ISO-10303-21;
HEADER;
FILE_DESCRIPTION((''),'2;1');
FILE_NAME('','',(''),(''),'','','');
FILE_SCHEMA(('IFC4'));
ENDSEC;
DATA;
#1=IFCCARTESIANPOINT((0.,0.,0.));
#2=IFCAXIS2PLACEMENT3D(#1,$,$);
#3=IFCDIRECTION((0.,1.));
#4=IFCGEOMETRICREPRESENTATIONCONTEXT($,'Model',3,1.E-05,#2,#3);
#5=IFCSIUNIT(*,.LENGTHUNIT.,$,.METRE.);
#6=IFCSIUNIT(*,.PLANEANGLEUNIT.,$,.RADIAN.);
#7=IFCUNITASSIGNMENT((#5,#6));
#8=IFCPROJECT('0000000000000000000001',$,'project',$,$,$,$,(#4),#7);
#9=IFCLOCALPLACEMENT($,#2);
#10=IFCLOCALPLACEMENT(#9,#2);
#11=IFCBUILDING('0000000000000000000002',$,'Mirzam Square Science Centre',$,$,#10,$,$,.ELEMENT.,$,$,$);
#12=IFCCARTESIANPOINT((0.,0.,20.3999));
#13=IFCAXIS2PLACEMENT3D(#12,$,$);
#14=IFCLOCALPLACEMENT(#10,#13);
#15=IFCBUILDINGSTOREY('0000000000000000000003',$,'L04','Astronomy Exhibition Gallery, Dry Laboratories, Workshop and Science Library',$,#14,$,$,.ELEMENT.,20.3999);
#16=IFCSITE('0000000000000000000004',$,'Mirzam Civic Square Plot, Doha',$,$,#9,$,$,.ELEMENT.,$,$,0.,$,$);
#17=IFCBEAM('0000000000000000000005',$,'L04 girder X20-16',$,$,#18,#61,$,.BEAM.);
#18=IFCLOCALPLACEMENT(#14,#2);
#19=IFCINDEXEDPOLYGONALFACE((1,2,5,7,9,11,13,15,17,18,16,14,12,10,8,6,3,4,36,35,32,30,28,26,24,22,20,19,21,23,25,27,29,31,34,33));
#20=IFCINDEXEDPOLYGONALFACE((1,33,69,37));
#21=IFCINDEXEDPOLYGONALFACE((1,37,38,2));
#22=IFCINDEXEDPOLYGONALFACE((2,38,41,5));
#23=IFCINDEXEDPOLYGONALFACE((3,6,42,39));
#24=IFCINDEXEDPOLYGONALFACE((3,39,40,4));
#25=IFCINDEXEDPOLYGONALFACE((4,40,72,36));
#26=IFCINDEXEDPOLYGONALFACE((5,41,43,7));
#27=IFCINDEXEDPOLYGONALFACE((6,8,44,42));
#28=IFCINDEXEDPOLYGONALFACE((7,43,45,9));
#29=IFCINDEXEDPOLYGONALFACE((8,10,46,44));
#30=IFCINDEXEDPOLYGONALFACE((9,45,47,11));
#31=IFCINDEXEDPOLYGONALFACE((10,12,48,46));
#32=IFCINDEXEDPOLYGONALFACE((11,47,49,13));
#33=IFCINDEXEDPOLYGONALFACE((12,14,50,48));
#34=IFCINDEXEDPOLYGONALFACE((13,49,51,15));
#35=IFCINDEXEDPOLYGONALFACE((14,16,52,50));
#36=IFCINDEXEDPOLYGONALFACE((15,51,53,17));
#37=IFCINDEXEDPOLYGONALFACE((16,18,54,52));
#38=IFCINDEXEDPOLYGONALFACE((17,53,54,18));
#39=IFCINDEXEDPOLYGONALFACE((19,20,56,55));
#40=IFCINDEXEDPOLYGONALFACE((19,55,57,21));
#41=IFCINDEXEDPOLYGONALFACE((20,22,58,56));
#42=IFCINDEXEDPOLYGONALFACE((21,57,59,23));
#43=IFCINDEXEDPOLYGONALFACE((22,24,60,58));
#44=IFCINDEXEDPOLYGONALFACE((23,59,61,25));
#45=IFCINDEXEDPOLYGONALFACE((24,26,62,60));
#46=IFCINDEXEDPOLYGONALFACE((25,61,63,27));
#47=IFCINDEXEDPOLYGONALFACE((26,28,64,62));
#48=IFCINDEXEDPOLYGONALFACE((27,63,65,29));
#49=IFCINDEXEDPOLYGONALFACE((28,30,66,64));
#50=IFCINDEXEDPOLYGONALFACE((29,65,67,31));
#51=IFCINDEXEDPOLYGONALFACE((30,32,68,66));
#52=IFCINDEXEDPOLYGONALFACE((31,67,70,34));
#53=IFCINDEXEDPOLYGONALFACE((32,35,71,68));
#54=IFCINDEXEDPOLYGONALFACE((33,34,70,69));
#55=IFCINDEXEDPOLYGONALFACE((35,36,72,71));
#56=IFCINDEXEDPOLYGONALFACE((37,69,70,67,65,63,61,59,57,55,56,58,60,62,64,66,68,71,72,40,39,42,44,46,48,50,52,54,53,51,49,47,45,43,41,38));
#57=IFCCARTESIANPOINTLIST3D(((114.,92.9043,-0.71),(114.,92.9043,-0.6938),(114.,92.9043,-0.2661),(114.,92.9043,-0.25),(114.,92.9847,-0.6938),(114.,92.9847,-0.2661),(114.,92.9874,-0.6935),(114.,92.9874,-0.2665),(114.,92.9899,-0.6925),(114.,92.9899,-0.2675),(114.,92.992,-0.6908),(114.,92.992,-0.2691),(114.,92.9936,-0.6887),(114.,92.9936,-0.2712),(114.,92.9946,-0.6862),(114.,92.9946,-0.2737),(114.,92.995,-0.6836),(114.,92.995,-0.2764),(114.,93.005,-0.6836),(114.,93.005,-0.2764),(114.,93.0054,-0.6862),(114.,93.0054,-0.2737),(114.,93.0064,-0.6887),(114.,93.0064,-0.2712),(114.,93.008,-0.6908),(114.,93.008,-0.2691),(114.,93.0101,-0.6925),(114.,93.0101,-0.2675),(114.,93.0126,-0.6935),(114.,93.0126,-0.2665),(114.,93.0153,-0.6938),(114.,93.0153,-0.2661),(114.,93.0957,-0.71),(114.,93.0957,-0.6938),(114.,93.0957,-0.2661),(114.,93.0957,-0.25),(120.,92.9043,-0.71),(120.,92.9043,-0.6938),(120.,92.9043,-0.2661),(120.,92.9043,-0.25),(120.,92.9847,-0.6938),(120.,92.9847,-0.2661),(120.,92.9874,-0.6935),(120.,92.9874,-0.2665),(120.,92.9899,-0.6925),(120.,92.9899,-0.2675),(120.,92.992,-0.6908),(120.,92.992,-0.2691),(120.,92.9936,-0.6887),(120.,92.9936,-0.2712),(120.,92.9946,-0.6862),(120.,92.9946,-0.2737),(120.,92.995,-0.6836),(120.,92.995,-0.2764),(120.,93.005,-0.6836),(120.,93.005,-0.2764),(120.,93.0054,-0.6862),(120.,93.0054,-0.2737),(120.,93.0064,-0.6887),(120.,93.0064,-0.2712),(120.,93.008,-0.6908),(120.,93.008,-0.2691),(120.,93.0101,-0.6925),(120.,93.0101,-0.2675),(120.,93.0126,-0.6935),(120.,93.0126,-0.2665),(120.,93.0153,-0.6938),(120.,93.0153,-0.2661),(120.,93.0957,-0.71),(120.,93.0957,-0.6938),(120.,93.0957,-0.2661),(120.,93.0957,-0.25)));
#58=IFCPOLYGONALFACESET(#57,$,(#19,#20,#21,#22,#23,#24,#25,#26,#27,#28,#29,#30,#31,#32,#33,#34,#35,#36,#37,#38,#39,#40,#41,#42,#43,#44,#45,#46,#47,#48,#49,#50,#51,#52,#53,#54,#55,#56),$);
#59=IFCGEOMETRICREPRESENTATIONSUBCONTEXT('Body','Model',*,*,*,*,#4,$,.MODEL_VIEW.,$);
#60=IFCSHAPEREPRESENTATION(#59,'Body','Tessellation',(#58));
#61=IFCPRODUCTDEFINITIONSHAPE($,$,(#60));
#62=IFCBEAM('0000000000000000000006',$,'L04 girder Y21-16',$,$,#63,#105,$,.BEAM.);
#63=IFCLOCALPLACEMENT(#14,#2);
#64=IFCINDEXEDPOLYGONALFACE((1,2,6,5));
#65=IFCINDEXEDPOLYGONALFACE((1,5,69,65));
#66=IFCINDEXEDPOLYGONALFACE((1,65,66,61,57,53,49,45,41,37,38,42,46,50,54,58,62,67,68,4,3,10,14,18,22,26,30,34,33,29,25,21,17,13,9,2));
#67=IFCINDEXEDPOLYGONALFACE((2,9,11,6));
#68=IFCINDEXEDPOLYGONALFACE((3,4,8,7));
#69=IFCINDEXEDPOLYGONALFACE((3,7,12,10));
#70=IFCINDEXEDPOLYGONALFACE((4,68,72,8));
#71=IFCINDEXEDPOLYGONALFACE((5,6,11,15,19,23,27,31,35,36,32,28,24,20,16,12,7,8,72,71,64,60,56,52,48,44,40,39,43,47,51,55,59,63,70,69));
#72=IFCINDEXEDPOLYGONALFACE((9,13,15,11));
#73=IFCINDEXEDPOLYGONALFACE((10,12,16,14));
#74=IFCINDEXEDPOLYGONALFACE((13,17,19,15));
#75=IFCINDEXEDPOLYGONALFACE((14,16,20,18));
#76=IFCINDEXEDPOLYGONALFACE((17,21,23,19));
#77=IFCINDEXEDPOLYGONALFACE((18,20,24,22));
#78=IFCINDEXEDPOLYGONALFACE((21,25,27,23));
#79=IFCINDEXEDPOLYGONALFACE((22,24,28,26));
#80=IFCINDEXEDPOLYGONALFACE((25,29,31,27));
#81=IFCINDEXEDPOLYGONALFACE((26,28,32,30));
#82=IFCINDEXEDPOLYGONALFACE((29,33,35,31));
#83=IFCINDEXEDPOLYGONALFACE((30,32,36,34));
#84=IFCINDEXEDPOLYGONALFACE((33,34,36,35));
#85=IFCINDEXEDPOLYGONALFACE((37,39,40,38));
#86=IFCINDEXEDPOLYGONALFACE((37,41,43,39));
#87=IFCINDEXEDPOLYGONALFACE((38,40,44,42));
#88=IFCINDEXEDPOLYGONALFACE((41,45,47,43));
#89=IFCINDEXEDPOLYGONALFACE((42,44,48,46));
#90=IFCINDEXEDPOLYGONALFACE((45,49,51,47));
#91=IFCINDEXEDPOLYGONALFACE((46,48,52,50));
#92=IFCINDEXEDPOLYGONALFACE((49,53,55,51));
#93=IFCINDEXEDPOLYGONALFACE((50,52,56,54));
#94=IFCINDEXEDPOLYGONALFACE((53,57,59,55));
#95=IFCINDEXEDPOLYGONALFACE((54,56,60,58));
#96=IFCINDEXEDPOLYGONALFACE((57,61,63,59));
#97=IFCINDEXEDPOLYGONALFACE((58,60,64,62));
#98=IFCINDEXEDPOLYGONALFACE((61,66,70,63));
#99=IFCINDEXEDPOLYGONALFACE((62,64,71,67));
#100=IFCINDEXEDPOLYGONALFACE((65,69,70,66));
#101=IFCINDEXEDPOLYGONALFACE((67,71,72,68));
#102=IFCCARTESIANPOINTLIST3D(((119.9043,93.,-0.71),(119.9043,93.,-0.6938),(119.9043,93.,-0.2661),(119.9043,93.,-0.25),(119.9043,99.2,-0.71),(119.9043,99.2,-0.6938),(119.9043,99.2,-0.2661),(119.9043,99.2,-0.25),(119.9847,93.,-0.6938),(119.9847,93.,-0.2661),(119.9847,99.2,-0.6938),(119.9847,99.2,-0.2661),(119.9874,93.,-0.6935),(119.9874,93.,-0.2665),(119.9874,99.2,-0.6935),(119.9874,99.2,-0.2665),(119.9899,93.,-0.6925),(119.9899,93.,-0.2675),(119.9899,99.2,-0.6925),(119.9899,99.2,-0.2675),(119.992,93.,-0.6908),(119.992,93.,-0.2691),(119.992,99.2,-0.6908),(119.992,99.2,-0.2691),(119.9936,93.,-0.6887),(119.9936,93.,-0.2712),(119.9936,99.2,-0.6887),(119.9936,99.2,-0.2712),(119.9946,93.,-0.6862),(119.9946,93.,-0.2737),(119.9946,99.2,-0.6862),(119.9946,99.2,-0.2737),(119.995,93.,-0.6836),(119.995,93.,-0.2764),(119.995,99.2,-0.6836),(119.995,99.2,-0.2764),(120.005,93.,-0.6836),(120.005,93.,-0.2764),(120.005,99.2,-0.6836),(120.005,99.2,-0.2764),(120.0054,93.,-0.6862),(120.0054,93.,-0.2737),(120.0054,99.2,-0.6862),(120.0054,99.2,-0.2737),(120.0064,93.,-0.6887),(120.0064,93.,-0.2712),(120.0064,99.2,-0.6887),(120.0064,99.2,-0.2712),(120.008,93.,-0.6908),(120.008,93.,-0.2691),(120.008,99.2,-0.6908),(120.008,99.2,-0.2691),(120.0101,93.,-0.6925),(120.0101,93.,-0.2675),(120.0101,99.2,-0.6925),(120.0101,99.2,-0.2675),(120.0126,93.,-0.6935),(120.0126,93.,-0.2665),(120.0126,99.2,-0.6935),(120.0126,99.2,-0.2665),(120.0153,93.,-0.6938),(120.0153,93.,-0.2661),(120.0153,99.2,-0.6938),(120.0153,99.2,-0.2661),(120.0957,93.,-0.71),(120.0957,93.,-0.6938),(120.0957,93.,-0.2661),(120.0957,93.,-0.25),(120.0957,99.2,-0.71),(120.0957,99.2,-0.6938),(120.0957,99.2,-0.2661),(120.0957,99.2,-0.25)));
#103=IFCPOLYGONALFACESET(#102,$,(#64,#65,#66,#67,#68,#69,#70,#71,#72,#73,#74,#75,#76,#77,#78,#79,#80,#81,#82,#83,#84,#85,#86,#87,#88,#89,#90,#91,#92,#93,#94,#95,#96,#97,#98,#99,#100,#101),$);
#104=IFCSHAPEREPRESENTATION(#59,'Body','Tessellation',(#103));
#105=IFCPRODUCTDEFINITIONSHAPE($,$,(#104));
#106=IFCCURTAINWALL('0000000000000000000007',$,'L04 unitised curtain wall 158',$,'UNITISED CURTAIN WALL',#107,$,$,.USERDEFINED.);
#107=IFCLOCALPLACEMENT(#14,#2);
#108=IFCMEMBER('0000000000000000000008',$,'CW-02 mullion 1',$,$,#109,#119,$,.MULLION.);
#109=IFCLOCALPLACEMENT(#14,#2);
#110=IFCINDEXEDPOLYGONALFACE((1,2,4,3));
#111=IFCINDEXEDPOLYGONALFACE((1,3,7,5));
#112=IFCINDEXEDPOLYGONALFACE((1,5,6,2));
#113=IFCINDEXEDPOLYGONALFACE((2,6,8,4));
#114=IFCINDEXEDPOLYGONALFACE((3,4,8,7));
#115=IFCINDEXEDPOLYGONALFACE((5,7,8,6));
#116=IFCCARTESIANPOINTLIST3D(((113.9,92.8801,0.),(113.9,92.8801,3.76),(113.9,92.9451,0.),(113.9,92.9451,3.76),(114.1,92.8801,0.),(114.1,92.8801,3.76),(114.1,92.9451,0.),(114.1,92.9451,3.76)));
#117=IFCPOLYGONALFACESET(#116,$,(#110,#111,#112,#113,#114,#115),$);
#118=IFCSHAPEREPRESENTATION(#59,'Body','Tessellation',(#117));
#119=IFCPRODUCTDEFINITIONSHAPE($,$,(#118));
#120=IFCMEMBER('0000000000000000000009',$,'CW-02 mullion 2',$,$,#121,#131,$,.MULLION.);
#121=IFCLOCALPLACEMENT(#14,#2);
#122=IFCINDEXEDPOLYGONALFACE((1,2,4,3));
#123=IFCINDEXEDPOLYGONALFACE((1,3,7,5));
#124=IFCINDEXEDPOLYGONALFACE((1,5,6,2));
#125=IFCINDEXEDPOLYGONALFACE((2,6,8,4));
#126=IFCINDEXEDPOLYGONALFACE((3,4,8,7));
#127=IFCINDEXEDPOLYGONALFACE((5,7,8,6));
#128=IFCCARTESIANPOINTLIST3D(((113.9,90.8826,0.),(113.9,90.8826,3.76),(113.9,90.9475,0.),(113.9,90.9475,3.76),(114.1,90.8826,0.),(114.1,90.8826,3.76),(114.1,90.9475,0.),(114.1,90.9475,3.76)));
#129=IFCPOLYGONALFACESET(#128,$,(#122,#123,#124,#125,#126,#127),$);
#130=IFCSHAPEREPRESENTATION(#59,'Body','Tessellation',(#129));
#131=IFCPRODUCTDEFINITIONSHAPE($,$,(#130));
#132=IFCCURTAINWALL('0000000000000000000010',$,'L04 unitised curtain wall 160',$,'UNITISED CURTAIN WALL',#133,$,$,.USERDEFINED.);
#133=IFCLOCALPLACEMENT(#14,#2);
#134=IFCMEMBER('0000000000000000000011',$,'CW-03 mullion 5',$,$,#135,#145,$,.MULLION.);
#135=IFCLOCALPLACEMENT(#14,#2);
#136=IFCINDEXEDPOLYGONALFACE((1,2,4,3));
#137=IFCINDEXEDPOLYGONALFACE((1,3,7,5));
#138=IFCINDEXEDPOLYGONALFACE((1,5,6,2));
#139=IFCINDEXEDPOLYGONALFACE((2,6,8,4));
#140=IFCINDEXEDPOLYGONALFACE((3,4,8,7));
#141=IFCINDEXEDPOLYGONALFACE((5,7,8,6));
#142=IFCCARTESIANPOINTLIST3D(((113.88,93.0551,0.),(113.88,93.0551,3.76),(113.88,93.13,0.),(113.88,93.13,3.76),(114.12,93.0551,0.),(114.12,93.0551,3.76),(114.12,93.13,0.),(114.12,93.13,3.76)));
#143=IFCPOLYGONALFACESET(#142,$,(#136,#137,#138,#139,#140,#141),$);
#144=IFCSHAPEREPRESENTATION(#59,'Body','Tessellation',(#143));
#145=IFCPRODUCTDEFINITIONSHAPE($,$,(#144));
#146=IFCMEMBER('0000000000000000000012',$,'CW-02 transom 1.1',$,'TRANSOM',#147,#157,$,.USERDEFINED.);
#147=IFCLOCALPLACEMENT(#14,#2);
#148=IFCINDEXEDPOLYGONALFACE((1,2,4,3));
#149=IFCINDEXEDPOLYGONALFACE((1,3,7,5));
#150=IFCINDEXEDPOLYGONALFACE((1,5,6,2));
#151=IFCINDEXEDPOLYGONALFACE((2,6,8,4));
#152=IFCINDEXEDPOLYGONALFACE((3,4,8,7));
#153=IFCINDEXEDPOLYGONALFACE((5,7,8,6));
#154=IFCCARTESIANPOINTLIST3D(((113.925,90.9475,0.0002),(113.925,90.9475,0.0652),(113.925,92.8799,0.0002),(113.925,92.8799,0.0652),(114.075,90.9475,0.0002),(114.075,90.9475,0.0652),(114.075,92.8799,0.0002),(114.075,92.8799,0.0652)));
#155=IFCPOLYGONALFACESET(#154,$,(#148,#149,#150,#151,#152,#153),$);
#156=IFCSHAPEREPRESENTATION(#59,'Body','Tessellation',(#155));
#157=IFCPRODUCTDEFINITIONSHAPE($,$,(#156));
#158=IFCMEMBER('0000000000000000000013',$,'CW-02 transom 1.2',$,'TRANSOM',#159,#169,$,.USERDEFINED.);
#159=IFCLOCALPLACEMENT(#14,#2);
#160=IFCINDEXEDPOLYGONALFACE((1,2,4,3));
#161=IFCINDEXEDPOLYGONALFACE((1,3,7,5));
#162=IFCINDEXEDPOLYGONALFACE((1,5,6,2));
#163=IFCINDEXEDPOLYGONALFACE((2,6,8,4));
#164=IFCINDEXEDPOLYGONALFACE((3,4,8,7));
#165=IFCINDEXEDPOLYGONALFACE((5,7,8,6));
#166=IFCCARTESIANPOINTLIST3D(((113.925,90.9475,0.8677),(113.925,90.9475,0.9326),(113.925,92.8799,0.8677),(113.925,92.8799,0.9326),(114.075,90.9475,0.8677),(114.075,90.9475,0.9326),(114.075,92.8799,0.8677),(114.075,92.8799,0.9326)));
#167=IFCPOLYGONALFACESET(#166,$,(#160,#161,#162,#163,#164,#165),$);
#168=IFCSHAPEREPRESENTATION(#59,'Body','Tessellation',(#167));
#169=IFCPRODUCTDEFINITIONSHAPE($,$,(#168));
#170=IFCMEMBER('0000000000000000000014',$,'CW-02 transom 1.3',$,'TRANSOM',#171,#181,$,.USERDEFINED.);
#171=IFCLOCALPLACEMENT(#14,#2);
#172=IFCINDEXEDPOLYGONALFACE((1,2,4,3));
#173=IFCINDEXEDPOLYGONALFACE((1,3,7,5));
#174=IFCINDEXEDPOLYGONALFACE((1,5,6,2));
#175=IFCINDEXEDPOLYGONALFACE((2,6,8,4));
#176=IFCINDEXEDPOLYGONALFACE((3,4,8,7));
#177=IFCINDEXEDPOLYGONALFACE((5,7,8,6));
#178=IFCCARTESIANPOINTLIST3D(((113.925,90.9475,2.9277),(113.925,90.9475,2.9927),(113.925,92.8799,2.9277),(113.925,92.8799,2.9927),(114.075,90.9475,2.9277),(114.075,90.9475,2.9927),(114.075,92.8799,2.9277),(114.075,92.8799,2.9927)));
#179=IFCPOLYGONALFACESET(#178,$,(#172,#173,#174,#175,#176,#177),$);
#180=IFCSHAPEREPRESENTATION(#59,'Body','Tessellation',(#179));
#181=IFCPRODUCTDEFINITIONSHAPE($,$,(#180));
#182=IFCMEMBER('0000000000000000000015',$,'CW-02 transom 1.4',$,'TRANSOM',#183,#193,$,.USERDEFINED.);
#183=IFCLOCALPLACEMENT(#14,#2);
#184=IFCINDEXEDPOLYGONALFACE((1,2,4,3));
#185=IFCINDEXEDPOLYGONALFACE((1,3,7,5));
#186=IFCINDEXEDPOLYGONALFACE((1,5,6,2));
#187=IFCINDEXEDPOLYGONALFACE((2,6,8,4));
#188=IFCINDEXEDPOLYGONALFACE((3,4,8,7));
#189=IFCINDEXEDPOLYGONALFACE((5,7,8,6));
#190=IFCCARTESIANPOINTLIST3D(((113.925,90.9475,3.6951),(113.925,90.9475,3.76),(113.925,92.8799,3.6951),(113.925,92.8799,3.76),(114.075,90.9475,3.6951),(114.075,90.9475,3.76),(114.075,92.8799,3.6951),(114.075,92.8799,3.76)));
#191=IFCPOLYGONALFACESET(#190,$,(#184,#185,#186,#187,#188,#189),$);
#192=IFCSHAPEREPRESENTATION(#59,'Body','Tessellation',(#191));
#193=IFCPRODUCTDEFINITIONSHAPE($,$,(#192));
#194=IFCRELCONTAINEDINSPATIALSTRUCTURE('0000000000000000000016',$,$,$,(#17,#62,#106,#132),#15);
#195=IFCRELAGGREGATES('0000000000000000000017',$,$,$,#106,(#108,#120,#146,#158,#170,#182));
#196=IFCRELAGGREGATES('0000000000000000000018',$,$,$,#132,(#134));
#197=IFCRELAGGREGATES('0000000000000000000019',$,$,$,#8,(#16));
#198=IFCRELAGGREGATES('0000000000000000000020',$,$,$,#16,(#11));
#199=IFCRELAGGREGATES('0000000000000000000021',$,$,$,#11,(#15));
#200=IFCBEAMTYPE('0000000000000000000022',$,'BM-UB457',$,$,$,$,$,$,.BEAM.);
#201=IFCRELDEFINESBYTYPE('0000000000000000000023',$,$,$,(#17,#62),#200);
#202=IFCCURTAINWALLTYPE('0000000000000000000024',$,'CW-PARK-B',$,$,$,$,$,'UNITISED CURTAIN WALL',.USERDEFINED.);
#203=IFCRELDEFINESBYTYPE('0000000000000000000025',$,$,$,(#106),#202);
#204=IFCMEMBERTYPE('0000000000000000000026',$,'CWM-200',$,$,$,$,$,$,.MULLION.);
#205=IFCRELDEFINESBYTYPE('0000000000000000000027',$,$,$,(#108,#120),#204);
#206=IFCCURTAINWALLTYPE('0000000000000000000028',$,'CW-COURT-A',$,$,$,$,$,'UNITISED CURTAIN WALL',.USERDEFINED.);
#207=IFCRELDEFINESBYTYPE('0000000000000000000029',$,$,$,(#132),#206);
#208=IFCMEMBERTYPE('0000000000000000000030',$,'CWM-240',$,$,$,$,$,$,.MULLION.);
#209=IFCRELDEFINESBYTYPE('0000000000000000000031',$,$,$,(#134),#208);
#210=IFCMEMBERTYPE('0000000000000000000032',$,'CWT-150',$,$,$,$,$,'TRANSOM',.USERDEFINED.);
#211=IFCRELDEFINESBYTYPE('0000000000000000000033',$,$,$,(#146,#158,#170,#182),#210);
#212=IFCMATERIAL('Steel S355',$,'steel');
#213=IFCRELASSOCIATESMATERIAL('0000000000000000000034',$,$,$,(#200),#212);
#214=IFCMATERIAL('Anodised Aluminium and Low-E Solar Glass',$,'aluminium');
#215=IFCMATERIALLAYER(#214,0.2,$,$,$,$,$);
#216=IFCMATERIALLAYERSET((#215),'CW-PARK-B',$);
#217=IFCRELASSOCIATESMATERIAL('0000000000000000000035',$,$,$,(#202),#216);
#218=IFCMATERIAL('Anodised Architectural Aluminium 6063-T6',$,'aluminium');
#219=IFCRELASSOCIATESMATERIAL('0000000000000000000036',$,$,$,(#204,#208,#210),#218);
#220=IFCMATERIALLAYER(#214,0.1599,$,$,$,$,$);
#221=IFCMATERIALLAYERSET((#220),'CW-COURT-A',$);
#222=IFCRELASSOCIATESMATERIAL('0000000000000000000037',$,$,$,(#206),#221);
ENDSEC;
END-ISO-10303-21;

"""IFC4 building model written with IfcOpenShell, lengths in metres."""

from ifc_helpers import new_model, si_unit, direction, frame, origin, origin_2d, place, context, subcontext, project, spatial, rectangle, i_section, extrude, material, layer, layer_set, material_profile, profile_set, type_object, element, aggregate, save


model = new_model("IFC4")

# Units and contexts
model_context = context("Model", 3, precision=1e-05, world=origin(), true_north=direction((0.0, 1.0)))
body_context = subcontext(model_context, "Body", "Model", "MODEL_VIEW")
ifc_project = project(units=[si_unit("LENGTHUNIT", "METRE"), si_unit("PLANEANGLEUNIT", "RADIAN")], contexts=[model_context])

# Site, building, storey
site_placement = place(None, origin())
site = spatial("IfcSite", under=ifc_project, at=site_placement, Name="Mirzam Civic Square Plot, Doha", CompositionType="ELEMENT", RefElevation=0.0)
building_placement = place(site_placement, origin())
building = spatial("IfcBuilding", under=site, at=building_placement, Name="Mirzam Square Science Centre", CompositionType="ELEMENT")
storey_placement = place(building_placement, frame((0.0, 0.0, 20.3999)))
storey = spatial("IfcBuildingStorey", under=building, at=storey_placement, Name="L04", Description="Astronomy Exhibition Gallery, Dry Laboratories, Workshop and Science Library", CompositionType="ELEMENT", Elevation=20.3999)

# Shared definitions
ifc_material_1 = material(Name="Steel S355", Category="steel")

# Beams
ifc_material_profile_1 = material_profile(ifc_material_1, i_section(OverallWidth=0.1914, OverallDepth=0.46, WebThickness=0.01, FlangeThickness=0.0161, FilletRadius=0.0103, at=origin_2d()), Name="457x191x82UB")
ifc_profile_set_1 = profile_set([ifc_material_profile_1], Name="Steel S355")
beam_type_1 = type_object("IfcBeamType", Name="BM-UB457", PredefinedType="BEAM", material=ifc_profile_set_1)
beam_1_placement = place(storey_placement, frame((114.0, 93.0, -0.48), z_axis=(1.0, 0.0, 0.0), x_axis=(0.0, 1.0, 0.0)))
element("IfcBeam", 1, at=beam_1_placement, inside=storey, type_object=beam_type_1, Name="L04 girder X20-16", PredefinedType="BEAM", context=body_context, shape_type="SweptSolid", body=[
    extrude(i_section(OverallWidth=0.1914, OverallDepth=0.46, WebThickness=0.01, FlangeThickness=0.0161, FilletRadius=0.0103, at=origin_2d()), origin(), (0.0, 0.0, 1.0), 6.0),
])
beam_2_placement = place(storey_placement, frame((120.0, 93.0, -0.48), z_axis=(0.0, 1.0, 0.0), x_axis=(-1.0, 0.0, 0.0)))
element("IfcBeam", 2, at=beam_2_placement, inside=storey, type_object=beam_type_1, Name="L04 girder Y21-16", PredefinedType="BEAM", context=body_context, shape_type="SweptSolid", body=[
    extrude(i_section(OverallWidth=0.1914, OverallDepth=0.46, WebThickness=0.01, FlangeThickness=0.0161, FilletRadius=0.0103, at=origin_2d()), origin(), (0.0, 0.0, 1.0), 6.2),
])

# Curtain wall, members
ifc_material_2 = material(Name="Anodised Aluminium and Low-E Solar Glass", Category="aluminium")
ifc_layer_1 = layer(ifc_material_2, 0.2)
ifc_layer_set_1 = layer_set([ifc_layer_1], Name="CW-PARK-B")
curtain_wall_type_1 = type_object("IfcCurtainWallType", Name="CW-PARK-B", ElementType="UNITISED CURTAIN WALL", PredefinedType="USERDEFINED", material=ifc_layer_set_1)
curtain_wall_1_placement = place(storey_placement, origin())
curtain_wall_1 = element("IfcCurtainWall", 3, at=curtain_wall_1_placement, inside=storey, type_object=curtain_wall_type_1, Name="L04 unitised curtain wall 158", ObjectType="UNITISED CURTAIN WALL", PredefinedType="USERDEFINED")
ifc_material_3 = material(Name="Anodised Architectural Aluminium 6063-T6", Category="aluminium")
ifc_material_profile_2 = material_profile(ifc_material_3, rectangle(XDim=0.0649, YDim=0.2, at=origin_2d()), Name="ALU-MULL-200x65x5")
ifc_profile_set_2 = profile_set([ifc_material_profile_2], Name="Anodised Architectural Aluminium 6063-T6")
member_type_1 = type_object("IfcMemberType", Name="CWM-200", PredefinedType="MULLION", material=ifc_profile_set_2)
member_1_placement = place(storey_placement, frame((114.0, 92.9126, 0.0), z_axis=(0.0, 0.0, 1.0), x_axis=(0.0, -1.0, 0.0)))
member_1 = element("IfcMember", 4, at=member_1_placement, type_object=member_type_1, Name="CW-02 mullion 1", PredefinedType="MULLION", context=body_context, shape_type="SweptSolid", body=[
    extrude(rectangle(XDim=0.0649, YDim=0.2, at=origin_2d()), origin(), (0.0, 0.0, 1.0), 3.76),
])
member_2_placement = place(storey_placement, frame((114.0, 90.915, 0.0), z_axis=(0.0, 0.0, 1.0), x_axis=(0.0, -1.0, 0.0)))
member_2 = element("IfcMember", 5, at=member_2_placement, type_object=member_type_1, Name="CW-02 mullion 2", PredefinedType="MULLION", context=body_context, shape_type="SweptSolid", body=[
    extrude(rectangle(XDim=0.0649, YDim=0.2, at=origin_2d()), origin(), (0.0, 0.0, 1.0), 3.76),
])

# Curtain wall, member
ifc_layer_2 = layer(ifc_material_2, 0.1599)
ifc_layer_set_2 = layer_set([ifc_layer_2], Name="CW-COURT-A")
curtain_wall_type_2 = type_object("IfcCurtainWallType", Name="CW-COURT-A", ElementType="UNITISED CURTAIN WALL", PredefinedType="USERDEFINED", material=ifc_layer_set_2)
curtain_wall_2_placement = place(storey_placement, origin())
curtain_wall_2 = element("IfcCurtainWall", 6, at=curtain_wall_2_placement, inside=storey, type_object=curtain_wall_type_2, Name="L04 unitised curtain wall 160", ObjectType="UNITISED CURTAIN WALL", PredefinedType="USERDEFINED")
ifc_material_profile_3 = material_profile(ifc_material_3, rectangle(XDim=0.075, YDim=0.24, at=origin_2d()), Name="ALU-MULL-240x75x5")
ifc_profile_set_3 = profile_set([ifc_material_profile_3], Name="Anodised Architectural Aluminium 6063-T6")
member_type_2 = type_object("IfcMemberType", Name="CWM-240", PredefinedType="MULLION", material=ifc_profile_set_3)
member_3_placement = place(storey_placement, frame((114.0, 93.0925, 0.0), z_axis=(0.0, 0.0, 1.0), x_axis=(0.0, -1.0, 0.0)))
member_3 = element("IfcMember", 7, at=member_3_placement, type_object=member_type_2, Name="CW-03 mullion 5", PredefinedType="MULLION", context=body_context, shape_type="SweptSolid", body=[
    extrude(rectangle(XDim=0.075, YDim=0.24, at=origin_2d()), origin(), (0.0, 0.0, 1.0), 3.76),
])

# Members
ifc_material_profile_4 = material_profile(ifc_material_3, rectangle(XDim=0.1499, YDim=0.0649, at=origin_2d()), Name="ALU-TRAN-150x65x4")
ifc_profile_set_4 = profile_set([ifc_material_profile_4], Name="Anodised Architectural Aluminium 6063-T6")
member_type_3 = type_object("IfcMemberType", Name="CWT-150", ElementType="TRANSOM", PredefinedType="USERDEFINED", material=ifc_profile_set_4)
member_4_placement = place(storey_placement, frame((114.0, 92.8799, 0.0327), z_axis=(0.0, -1.0, 0.0), x_axis=(1.0, 0.0, 0.0)))
member_4 = element("IfcMember", 8, at=member_4_placement, type_object=member_type_3, Name="CW-02 transom 1.1", ObjectType="TRANSOM", PredefinedType="USERDEFINED", context=body_context, shape_type="SweptSolid", body=[
    extrude(rectangle(XDim=0.1499, YDim=0.0649, at=origin_2d()), origin(), (0.0, 0.0, 1.0), 1.9324),
])
member_5_placement = place(storey_placement, frame((114.0, 92.8799, 0.9001), z_axis=(0.0, -1.0, 0.0), x_axis=(1.0, 0.0, 0.0)))
member_5 = element("IfcMember", 9, at=member_5_placement, type_object=member_type_3, Name="CW-02 transom 1.2", ObjectType="TRANSOM", PredefinedType="USERDEFINED", context=body_context, shape_type="SweptSolid", body=[
    extrude(rectangle(XDim=0.1499, YDim=0.0649, at=origin_2d()), origin(), (0.0, 0.0, 1.0), 1.9324),
])
member_6_placement = place(storey_placement, frame((114.0, 92.8799, 2.9602), z_axis=(0.0, -1.0, 0.0), x_axis=(1.0, 0.0, 0.0)))
member_6 = element("IfcMember", 10, at=member_6_placement, type_object=member_type_3, Name="CW-02 transom 1.3", ObjectType="TRANSOM", PredefinedType="USERDEFINED", context=body_context, shape_type="SweptSolid", body=[
    extrude(rectangle(XDim=0.1499, YDim=0.0649, at=origin_2d()), origin(), (0.0, 0.0, 1.0), 1.9324),
])
member_7_placement = place(storey_placement, frame((114.0, 92.8799, 3.7275), z_axis=(0.0, -1.0, 0.0), x_axis=(1.0, 0.0, 0.0)))
member_7 = element("IfcMember", 11, at=member_7_placement, type_object=member_type_3, Name="CW-02 transom 1.4", ObjectType="TRANSOM", PredefinedType="USERDEFINED", context=body_context, shape_type="SweptSolid", body=[
    extrude(rectangle(XDim=0.1499, YDim=0.0649, at=origin_2d()), origin(), (0.0, 0.0, 1.0), 1.9324),
])

aggregate(curtain_wall_1, [member_1, member_2, member_4, member_5, member_6, member_7])
aggregate(curtain_wall_2, [member_3])

save(model, "model.ifc")
